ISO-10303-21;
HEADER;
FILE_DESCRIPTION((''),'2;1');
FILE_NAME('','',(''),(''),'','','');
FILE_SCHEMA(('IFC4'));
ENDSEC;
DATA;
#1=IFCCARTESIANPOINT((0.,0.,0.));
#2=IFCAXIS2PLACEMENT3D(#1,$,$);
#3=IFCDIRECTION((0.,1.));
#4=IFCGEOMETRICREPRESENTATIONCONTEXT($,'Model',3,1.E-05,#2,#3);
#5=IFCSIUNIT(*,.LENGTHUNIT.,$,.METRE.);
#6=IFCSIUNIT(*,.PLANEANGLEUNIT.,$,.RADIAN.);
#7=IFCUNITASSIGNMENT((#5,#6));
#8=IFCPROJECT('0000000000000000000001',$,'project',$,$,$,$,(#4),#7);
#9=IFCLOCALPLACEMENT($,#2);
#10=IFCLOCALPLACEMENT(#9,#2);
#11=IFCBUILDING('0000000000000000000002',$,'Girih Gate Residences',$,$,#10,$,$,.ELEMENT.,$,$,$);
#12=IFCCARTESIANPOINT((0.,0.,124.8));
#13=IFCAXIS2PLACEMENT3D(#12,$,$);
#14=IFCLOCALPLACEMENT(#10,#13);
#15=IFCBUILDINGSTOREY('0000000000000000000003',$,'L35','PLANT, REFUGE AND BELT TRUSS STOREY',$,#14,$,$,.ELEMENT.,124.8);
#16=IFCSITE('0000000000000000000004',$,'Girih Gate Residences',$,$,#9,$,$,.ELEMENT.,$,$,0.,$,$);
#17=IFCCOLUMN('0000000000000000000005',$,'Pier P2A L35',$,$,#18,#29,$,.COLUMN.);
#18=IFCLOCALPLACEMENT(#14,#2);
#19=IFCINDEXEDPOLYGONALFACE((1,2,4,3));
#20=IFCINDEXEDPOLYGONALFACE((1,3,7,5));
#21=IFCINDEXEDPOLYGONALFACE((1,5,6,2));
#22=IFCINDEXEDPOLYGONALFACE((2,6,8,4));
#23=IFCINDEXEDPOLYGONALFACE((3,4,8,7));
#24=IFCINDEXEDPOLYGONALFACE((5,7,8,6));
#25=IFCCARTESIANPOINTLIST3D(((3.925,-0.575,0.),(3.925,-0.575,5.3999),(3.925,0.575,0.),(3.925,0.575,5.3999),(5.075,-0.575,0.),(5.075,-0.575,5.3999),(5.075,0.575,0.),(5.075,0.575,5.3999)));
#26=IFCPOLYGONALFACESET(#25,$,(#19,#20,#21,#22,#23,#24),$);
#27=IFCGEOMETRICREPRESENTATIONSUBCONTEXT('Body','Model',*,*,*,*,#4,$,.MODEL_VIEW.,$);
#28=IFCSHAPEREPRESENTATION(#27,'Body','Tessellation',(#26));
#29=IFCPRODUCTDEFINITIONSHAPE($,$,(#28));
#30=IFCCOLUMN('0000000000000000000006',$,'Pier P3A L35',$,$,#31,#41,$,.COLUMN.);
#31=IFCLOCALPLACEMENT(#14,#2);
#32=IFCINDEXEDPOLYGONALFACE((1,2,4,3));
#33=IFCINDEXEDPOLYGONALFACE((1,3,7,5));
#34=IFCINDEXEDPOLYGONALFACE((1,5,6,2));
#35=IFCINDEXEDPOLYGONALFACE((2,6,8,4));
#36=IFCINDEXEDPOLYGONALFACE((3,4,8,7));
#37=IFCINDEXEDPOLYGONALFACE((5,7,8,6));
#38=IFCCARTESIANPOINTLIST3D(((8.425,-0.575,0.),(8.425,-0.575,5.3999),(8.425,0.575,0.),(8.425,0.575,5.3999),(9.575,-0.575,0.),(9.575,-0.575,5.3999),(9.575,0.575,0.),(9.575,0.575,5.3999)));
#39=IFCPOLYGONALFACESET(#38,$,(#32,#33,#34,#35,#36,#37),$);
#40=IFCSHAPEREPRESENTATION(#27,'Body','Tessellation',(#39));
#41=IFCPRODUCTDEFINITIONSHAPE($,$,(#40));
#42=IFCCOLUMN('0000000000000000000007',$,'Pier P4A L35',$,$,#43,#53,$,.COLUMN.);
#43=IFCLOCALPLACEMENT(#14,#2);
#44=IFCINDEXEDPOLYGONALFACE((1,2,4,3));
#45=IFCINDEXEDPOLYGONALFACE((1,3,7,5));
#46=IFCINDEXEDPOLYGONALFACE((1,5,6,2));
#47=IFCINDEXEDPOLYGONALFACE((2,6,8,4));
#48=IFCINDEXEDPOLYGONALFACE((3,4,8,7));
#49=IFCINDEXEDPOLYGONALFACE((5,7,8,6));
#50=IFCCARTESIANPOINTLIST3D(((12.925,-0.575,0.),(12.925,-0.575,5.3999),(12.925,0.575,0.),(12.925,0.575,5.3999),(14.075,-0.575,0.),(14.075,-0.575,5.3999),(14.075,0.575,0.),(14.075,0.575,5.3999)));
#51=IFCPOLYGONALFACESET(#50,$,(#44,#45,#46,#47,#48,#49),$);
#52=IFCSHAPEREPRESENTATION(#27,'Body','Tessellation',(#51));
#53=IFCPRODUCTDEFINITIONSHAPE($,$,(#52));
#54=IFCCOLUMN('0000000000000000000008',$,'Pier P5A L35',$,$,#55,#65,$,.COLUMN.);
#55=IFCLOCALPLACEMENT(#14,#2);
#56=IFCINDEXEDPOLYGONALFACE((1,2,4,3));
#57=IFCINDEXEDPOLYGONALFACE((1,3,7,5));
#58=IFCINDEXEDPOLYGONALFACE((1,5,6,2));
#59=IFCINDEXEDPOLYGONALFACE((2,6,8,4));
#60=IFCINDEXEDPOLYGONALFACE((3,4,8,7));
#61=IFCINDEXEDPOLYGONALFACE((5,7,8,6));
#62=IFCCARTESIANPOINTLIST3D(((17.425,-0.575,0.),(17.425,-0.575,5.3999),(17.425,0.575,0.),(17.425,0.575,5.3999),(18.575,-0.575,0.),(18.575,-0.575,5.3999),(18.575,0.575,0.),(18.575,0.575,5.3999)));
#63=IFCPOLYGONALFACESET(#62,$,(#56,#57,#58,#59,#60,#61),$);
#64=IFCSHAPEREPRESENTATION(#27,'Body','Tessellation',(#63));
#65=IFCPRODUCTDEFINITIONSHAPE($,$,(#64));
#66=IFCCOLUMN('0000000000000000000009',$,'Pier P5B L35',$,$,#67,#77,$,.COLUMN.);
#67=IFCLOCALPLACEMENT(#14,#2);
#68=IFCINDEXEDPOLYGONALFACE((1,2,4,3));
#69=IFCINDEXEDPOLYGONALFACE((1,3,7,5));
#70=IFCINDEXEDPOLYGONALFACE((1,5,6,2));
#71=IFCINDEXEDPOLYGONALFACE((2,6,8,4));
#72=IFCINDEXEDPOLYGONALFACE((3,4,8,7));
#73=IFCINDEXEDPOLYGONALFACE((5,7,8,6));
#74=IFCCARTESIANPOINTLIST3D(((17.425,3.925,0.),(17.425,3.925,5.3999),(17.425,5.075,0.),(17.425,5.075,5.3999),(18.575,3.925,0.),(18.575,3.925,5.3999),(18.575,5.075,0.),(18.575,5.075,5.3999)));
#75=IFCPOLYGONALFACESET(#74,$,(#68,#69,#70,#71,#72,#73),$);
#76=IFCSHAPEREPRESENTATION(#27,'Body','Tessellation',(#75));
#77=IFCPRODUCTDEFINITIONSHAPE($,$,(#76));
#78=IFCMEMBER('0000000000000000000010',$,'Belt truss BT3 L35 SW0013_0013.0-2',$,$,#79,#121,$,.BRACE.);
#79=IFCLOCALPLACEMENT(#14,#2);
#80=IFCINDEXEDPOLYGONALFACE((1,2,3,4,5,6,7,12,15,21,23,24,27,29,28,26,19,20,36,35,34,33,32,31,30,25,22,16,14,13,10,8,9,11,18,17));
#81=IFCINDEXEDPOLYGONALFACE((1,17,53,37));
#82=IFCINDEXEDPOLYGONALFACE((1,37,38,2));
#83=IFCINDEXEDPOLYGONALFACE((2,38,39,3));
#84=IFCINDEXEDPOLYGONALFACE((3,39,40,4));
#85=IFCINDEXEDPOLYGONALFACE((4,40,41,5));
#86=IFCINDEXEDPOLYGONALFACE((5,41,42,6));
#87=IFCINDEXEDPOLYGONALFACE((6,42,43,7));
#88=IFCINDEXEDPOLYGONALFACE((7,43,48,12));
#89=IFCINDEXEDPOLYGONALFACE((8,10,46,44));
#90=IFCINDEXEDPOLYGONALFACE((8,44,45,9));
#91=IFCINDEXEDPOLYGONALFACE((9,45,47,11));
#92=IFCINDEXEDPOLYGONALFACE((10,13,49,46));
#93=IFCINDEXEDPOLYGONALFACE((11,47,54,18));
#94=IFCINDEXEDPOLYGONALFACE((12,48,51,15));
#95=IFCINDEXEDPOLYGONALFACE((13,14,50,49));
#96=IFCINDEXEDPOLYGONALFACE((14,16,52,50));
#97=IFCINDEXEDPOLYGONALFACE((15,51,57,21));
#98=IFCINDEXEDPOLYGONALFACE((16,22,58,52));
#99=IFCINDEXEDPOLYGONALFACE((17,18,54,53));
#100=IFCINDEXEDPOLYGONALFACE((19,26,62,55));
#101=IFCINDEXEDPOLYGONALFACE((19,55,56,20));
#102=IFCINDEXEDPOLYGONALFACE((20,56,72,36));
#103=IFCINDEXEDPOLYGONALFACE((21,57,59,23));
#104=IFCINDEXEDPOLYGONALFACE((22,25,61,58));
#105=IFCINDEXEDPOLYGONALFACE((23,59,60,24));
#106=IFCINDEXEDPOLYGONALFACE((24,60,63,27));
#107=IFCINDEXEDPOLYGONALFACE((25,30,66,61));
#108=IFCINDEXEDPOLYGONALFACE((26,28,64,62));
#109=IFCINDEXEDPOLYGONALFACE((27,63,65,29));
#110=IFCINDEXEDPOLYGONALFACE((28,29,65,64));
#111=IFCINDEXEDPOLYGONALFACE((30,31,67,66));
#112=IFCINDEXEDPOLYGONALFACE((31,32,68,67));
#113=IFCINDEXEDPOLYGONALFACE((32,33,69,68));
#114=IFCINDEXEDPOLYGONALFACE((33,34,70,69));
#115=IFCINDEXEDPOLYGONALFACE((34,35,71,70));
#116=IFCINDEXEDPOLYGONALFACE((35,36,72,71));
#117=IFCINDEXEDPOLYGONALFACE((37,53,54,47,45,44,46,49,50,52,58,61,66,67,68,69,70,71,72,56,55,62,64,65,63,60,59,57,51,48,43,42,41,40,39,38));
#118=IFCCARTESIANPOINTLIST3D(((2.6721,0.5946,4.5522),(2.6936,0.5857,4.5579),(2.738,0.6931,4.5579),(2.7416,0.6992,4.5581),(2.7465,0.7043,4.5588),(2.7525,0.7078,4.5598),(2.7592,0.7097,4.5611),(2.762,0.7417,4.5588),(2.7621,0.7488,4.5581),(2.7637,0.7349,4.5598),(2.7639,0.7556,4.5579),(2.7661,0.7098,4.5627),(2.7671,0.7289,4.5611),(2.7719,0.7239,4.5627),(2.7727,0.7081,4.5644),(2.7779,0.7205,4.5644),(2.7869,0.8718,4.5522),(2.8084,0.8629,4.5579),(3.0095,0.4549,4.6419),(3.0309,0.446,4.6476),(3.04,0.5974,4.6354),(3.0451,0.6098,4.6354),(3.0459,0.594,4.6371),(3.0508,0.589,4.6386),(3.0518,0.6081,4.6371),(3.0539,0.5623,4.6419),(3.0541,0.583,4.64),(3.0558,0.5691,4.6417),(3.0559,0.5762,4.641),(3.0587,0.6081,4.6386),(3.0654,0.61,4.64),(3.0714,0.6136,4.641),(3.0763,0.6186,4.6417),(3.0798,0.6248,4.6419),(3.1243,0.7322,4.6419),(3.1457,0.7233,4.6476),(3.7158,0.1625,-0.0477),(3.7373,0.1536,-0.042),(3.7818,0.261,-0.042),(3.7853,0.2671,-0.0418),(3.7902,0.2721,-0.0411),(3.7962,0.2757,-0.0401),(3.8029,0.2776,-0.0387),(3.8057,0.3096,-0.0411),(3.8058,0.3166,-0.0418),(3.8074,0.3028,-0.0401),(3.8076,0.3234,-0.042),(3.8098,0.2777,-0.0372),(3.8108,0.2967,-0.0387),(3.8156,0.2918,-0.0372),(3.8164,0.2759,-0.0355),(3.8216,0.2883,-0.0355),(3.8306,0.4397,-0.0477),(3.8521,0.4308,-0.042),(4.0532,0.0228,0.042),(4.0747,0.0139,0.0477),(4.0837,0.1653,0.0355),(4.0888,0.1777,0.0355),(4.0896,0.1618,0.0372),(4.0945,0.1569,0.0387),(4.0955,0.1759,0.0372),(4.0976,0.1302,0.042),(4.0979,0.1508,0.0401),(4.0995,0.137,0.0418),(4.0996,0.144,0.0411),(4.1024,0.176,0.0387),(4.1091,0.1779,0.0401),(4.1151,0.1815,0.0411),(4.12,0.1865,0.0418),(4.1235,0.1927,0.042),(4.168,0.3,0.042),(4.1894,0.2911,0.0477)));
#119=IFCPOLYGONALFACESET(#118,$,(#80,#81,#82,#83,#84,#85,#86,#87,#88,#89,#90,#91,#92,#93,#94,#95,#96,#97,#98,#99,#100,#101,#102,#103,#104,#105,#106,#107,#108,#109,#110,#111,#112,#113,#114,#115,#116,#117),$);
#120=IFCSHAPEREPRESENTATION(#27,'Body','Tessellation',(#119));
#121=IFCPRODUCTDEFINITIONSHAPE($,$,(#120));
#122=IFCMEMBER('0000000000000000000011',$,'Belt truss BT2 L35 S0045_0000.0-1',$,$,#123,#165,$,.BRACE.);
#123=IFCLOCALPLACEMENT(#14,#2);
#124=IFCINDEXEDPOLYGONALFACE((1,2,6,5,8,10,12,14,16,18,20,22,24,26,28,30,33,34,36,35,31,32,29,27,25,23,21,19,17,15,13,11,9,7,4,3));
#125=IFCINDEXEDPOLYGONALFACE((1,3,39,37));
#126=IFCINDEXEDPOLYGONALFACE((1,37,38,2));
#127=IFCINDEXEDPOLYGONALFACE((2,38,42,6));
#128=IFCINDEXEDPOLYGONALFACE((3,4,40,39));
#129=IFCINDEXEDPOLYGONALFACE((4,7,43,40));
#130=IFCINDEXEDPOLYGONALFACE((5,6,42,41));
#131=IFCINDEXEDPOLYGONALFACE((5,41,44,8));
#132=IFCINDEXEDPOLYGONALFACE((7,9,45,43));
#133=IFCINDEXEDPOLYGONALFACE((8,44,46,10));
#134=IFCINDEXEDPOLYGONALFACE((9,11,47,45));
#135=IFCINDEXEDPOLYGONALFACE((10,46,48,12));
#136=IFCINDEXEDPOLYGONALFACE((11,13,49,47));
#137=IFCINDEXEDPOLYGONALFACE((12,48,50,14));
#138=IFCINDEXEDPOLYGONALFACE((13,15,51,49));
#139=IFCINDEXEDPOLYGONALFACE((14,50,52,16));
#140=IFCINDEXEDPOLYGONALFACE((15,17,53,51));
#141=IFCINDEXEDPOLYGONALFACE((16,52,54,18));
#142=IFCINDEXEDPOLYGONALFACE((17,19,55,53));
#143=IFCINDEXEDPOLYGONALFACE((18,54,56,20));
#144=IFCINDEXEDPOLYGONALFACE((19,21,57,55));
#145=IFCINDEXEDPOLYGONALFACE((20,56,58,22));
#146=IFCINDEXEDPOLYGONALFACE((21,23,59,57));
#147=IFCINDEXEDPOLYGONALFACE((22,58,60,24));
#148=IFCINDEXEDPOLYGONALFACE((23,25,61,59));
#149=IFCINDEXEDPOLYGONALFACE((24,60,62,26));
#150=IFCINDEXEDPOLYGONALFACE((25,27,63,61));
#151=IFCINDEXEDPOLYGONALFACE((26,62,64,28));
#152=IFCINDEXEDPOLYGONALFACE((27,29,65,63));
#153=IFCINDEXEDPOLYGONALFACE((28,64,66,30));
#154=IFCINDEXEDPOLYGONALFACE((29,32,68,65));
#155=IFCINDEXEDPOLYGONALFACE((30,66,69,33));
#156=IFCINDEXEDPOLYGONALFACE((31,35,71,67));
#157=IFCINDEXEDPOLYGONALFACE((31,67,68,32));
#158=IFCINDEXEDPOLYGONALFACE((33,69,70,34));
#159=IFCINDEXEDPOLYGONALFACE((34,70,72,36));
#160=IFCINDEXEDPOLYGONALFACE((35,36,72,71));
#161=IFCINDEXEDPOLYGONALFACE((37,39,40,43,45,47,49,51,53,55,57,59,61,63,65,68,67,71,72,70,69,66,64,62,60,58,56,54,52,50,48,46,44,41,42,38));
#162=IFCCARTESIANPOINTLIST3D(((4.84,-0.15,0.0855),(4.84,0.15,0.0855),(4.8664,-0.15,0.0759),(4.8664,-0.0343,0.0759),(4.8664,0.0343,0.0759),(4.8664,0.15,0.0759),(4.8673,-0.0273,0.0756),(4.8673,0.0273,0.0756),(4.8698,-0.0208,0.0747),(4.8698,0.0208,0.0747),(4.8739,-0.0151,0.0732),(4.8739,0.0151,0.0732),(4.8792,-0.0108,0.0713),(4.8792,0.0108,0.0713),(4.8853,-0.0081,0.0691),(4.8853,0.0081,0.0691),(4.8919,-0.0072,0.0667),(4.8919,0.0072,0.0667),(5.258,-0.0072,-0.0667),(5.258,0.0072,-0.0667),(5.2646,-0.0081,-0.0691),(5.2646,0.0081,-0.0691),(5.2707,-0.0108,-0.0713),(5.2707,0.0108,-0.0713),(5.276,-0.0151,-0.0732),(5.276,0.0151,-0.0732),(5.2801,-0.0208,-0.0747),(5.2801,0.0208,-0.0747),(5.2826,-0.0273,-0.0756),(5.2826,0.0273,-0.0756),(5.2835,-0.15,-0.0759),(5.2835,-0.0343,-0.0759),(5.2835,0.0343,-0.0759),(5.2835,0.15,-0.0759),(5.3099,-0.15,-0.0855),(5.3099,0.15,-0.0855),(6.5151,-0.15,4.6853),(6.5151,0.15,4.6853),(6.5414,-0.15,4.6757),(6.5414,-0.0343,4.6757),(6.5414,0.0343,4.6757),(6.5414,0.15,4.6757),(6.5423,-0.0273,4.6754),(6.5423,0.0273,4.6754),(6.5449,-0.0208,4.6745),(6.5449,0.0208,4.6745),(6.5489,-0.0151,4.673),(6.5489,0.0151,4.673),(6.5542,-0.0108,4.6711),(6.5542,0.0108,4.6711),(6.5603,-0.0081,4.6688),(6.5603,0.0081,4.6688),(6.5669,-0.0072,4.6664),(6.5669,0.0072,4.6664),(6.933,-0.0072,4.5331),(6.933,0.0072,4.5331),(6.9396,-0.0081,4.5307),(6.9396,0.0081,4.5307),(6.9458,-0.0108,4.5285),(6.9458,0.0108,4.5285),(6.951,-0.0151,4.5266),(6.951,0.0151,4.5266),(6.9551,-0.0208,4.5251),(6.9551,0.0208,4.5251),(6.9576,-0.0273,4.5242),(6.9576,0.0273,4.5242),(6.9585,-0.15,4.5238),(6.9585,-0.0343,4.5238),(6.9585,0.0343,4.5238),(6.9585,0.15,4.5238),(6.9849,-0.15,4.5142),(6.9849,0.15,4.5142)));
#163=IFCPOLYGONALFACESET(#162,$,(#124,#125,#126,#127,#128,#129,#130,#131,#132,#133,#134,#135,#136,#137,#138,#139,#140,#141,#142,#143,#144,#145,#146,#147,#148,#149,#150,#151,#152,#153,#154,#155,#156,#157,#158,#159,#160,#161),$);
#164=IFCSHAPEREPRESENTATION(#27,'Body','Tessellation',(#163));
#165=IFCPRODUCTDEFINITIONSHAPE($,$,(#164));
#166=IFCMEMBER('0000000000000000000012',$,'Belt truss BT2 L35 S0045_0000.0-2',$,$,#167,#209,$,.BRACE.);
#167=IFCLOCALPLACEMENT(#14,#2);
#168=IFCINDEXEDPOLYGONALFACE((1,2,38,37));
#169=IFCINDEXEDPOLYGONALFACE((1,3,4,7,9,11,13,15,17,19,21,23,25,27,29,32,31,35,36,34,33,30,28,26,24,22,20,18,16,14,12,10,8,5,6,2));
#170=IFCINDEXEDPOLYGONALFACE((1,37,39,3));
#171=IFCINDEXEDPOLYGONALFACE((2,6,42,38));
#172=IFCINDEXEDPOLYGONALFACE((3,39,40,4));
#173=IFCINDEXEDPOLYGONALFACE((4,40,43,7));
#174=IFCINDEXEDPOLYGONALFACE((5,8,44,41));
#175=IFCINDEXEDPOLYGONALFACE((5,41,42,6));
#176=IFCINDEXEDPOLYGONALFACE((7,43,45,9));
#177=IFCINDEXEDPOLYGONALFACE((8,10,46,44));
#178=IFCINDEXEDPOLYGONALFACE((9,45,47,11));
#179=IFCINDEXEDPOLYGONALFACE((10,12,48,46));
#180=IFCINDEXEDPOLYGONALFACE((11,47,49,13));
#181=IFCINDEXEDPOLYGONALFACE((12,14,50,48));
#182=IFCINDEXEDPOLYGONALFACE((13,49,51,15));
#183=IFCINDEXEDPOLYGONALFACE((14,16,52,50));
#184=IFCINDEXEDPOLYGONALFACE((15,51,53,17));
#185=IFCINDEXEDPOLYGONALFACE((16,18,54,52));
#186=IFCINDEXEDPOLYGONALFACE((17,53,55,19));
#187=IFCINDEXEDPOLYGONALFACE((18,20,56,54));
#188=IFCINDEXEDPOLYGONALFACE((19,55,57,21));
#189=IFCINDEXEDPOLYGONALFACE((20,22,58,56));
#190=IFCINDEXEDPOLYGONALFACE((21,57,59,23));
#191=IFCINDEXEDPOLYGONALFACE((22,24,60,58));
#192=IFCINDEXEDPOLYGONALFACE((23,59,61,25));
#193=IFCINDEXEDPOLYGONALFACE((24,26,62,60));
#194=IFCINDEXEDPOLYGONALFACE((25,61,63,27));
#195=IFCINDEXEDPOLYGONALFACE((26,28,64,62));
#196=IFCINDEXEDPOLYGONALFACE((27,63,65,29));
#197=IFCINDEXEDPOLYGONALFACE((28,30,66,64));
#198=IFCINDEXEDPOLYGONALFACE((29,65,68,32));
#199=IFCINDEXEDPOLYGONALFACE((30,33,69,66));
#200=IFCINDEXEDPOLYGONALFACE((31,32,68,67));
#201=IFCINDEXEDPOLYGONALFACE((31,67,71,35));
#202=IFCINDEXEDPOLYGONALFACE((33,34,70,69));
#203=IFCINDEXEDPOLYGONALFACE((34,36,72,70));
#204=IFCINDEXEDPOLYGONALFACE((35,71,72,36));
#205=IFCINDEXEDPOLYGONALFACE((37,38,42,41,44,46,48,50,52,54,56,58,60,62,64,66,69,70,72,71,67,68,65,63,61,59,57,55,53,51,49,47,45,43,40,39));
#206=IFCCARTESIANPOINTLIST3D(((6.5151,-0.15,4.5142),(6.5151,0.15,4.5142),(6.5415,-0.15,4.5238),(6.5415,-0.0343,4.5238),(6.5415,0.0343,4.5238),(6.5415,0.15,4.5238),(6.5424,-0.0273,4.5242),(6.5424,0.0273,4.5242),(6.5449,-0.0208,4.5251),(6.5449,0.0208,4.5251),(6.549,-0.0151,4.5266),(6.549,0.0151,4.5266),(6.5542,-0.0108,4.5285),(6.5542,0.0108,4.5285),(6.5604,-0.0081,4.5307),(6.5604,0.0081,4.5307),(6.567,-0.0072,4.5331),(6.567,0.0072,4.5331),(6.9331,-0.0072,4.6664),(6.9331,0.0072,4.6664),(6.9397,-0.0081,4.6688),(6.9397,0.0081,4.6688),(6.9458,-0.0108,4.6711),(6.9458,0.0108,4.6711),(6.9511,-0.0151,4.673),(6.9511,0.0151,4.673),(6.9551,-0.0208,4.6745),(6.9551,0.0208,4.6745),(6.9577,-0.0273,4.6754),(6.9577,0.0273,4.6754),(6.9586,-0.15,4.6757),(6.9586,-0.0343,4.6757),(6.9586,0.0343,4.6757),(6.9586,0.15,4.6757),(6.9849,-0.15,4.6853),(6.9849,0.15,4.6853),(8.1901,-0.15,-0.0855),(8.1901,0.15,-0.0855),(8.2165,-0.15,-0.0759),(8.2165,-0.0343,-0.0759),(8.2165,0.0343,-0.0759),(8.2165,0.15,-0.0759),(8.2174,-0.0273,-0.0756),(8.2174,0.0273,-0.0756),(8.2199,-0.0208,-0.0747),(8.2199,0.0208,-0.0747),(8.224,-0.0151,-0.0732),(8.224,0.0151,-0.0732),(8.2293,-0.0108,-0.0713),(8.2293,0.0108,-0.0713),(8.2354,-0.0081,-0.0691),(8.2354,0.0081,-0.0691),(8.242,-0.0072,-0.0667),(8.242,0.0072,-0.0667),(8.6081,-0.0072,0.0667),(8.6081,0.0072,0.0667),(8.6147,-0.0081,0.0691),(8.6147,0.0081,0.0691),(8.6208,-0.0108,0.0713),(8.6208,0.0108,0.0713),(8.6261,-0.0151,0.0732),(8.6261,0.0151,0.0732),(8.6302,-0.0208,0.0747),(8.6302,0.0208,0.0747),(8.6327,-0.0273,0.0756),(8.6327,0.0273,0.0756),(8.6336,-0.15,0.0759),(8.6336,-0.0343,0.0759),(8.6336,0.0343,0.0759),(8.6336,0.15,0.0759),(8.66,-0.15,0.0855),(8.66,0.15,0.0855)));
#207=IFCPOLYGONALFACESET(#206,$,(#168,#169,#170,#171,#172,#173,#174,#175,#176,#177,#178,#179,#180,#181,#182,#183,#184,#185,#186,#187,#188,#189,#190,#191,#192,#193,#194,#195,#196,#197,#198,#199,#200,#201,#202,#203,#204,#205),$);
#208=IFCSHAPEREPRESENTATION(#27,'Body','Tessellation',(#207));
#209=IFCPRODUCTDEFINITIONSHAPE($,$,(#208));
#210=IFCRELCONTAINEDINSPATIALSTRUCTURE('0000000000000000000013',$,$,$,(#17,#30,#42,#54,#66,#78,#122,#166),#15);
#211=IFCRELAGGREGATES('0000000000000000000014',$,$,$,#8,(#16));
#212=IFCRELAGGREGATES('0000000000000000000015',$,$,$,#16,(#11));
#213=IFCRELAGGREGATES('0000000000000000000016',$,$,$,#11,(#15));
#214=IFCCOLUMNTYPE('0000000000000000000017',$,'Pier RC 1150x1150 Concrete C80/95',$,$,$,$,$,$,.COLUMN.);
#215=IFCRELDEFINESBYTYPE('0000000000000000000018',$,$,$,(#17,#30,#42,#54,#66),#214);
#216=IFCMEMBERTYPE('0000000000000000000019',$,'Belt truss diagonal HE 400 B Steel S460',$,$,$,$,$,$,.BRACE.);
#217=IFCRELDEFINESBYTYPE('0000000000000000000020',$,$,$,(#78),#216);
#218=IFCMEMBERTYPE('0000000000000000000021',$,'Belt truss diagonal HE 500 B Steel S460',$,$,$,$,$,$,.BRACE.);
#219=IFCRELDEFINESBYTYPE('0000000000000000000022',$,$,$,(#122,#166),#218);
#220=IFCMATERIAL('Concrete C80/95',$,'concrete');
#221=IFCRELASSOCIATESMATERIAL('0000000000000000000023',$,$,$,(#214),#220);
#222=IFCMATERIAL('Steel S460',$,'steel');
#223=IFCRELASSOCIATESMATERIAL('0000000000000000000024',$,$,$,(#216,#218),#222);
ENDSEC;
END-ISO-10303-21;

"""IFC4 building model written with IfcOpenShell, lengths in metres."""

from ifc_helpers import new_model, si_unit, direction, frame, origin, origin_2d, place, context, subcontext, project, spatial, rectangle, i_section, extrude, material, material_profile, profile_set, type_object, element, save


model = new_model("IFC4")

# Units and contexts
model_context = context("Model", 3, precision=1e-05, world=origin(), true_north=direction((0.0, 1.0)))
body_context = subcontext(model_context, "Body", "Model", "MODEL_VIEW")
ifc_project = project(units=[si_unit("LENGTHUNIT", "METRE"), si_unit("PLANEANGLEUNIT", "RADIAN")], contexts=[model_context])

# Site, building, storey
site_placement = place(None, origin())
site = spatial("IfcSite", under=ifc_project, at=site_placement, Name="Girih Gate Residences", CompositionType="ELEMENT", RefElevation=0.0)
building_placement = place(site_placement, origin())
building = spatial("IfcBuilding", under=site, at=building_placement, Name="Girih Gate Residences", CompositionType="ELEMENT")
storey_placement = place(building_placement, frame((0.0, 0.0, 124.8)))
storey = spatial("IfcBuildingStorey", under=building, at=storey_placement, Name="L35", Description="PLANT, REFUGE AND BELT TRUSS STOREY", CompositionType="ELEMENT", Elevation=124.8)

# Columns
ifc_material_1 = material(Name="Concrete C80/95", Category="concrete")
ifc_material_profile_1 = material_profile(ifc_material_1, rectangle(XDim=1.1499, YDim=1.1499, at=origin_2d()))
ifc_profile_set_1 = profile_set([ifc_material_profile_1], Name="Concrete C80/95")
column_type = type_object("IfcColumnType", Name="Pier RC 1150x1150 Concrete C80/95", PredefinedType="COLUMN", material=ifc_profile_set_1)
for number, where, z_axis, x_axis, name in (
    (1, (4.5, 0.0, 0.0), (0.0, 0.0, 1.0), (1.0, 0.0, 0.0), "Pier P2A L35"),
    (2, (9.0, 0.0, 0.0), (0.0, 0.0, 1.0), (1.0, 0.0, 0.0), "Pier P3A L35"),
    (3, (13.5, 0.0, 0.0), (0.0, 0.0, 1.0), (1.0, 0.0, 0.0), "Pier P4A L35"),
    (4, (18.0, 0.0, 0.0), (0.0, 0.0, 1.0), (1.0, 0.0, 0.0), "Pier P5A L35"),
    (5, (18.0, 4.5, 0.0), (0.0, 0.0, 1.0), (1.0, 0.0, 0.0), "Pier P5B L35"),
):
    element("IfcColumn", number, at=place(storey_placement, frame(where, z_axis=z_axis, x_axis=x_axis)), inside=storey, type_object=column_type, Name=name, PredefinedType="COLUMN", context=body_context, shape_type="SweptSolid", body=[
        extrude(rectangle(XDim=1.1499, YDim=1.1499, at=origin_2d()), origin(), (0.0, 0.0, 1.0), 5.3999),
    ])

# Members
ifc_material_2 = material(Name="Steel S460", Category="steel")
ifc_material_profile_2 = material_profile(ifc_material_2, i_section(OverallWidth=0.3, OverallDepth=0.3999, WebThickness=0.0134, FlangeThickness=0.0239, FilletRadius=0.0271, at=origin_2d()))
ifc_profile_set_2 = profile_set([ifc_material_profile_2], Name="Steel S460")
member_type_1 = type_object("IfcMemberType", Name="Belt truss diagonal HE 400 B Steel S460", PredefinedType="BRACE", material=ifc_profile_set_2)
member_placement = place(storey_placement, frame((3.9526, 0.2268, 0.0), z_axis=(-0.220352, 0.091233, 0.971145), x_axis=(-0.382543, -0.923938, 0.0)))
element("IfcMember", 6, at=member_placement, inside=storey, type_object=member_type_1, Name="Belt truss BT3 L35 SW0013_0013.0-2", PredefinedType="BRACE", context=body_context, shape_type="SweptSolid", body=[
    extrude(i_section(OverallWidth=0.3, OverallDepth=0.3999, WebThickness=0.0134, FlangeThickness=0.0239, FilletRadius=0.0271, at=origin_2d()), origin(), (0.0, 0.0, 1.0), 4.7366),
])
ifc_material_profile_3 = material_profile(ifc_material_2, i_section(OverallWidth=0.3, OverallDepth=0.5, WebThickness=0.0144, FlangeThickness=0.0281, FilletRadius=0.0271, at=origin_2d()))
ifc_profile_set_3 = profile_set([ifc_material_profile_3], Name="Steel S460")
member_type_2 = type_object("IfcMemberType", Name="Belt truss diagonal HE 500 B Steel S460", PredefinedType="BRACE", material=ifc_profile_set_3)
for number, where, z_axis, x_axis, name in (
    (7, (5.075, 0.0, 0.0), (0.342171, 0.0, 0.939638), (0.0, 1.0, 0.0), "Belt truss BT2 L35 S0045_0000.0-1"),
    (8, (8.425, 0.0, 0.0), (-0.342171, 0.0, 0.939638), (0.0, -1.0, 0.0), "Belt truss BT2 L35 S0045_0000.0-2"),
):
    element("IfcMember", number, at=place(storey_placement, frame(where, z_axis=z_axis, x_axis=x_axis)), inside=storey, type_object=member_type_2, Name=name, PredefinedType="BRACE", context=body_context, shape_type="SweptSolid", body=[
        extrude(i_section(OverallWidth=0.3, OverallDepth=0.5, WebThickness=0.0144, FlangeThickness=0.0281, FilletRadius=0.0271, at=origin_2d()), origin(), (0.0, 0.0, 1.0), 4.8953),
    ])

save(model, "model.ifc")
